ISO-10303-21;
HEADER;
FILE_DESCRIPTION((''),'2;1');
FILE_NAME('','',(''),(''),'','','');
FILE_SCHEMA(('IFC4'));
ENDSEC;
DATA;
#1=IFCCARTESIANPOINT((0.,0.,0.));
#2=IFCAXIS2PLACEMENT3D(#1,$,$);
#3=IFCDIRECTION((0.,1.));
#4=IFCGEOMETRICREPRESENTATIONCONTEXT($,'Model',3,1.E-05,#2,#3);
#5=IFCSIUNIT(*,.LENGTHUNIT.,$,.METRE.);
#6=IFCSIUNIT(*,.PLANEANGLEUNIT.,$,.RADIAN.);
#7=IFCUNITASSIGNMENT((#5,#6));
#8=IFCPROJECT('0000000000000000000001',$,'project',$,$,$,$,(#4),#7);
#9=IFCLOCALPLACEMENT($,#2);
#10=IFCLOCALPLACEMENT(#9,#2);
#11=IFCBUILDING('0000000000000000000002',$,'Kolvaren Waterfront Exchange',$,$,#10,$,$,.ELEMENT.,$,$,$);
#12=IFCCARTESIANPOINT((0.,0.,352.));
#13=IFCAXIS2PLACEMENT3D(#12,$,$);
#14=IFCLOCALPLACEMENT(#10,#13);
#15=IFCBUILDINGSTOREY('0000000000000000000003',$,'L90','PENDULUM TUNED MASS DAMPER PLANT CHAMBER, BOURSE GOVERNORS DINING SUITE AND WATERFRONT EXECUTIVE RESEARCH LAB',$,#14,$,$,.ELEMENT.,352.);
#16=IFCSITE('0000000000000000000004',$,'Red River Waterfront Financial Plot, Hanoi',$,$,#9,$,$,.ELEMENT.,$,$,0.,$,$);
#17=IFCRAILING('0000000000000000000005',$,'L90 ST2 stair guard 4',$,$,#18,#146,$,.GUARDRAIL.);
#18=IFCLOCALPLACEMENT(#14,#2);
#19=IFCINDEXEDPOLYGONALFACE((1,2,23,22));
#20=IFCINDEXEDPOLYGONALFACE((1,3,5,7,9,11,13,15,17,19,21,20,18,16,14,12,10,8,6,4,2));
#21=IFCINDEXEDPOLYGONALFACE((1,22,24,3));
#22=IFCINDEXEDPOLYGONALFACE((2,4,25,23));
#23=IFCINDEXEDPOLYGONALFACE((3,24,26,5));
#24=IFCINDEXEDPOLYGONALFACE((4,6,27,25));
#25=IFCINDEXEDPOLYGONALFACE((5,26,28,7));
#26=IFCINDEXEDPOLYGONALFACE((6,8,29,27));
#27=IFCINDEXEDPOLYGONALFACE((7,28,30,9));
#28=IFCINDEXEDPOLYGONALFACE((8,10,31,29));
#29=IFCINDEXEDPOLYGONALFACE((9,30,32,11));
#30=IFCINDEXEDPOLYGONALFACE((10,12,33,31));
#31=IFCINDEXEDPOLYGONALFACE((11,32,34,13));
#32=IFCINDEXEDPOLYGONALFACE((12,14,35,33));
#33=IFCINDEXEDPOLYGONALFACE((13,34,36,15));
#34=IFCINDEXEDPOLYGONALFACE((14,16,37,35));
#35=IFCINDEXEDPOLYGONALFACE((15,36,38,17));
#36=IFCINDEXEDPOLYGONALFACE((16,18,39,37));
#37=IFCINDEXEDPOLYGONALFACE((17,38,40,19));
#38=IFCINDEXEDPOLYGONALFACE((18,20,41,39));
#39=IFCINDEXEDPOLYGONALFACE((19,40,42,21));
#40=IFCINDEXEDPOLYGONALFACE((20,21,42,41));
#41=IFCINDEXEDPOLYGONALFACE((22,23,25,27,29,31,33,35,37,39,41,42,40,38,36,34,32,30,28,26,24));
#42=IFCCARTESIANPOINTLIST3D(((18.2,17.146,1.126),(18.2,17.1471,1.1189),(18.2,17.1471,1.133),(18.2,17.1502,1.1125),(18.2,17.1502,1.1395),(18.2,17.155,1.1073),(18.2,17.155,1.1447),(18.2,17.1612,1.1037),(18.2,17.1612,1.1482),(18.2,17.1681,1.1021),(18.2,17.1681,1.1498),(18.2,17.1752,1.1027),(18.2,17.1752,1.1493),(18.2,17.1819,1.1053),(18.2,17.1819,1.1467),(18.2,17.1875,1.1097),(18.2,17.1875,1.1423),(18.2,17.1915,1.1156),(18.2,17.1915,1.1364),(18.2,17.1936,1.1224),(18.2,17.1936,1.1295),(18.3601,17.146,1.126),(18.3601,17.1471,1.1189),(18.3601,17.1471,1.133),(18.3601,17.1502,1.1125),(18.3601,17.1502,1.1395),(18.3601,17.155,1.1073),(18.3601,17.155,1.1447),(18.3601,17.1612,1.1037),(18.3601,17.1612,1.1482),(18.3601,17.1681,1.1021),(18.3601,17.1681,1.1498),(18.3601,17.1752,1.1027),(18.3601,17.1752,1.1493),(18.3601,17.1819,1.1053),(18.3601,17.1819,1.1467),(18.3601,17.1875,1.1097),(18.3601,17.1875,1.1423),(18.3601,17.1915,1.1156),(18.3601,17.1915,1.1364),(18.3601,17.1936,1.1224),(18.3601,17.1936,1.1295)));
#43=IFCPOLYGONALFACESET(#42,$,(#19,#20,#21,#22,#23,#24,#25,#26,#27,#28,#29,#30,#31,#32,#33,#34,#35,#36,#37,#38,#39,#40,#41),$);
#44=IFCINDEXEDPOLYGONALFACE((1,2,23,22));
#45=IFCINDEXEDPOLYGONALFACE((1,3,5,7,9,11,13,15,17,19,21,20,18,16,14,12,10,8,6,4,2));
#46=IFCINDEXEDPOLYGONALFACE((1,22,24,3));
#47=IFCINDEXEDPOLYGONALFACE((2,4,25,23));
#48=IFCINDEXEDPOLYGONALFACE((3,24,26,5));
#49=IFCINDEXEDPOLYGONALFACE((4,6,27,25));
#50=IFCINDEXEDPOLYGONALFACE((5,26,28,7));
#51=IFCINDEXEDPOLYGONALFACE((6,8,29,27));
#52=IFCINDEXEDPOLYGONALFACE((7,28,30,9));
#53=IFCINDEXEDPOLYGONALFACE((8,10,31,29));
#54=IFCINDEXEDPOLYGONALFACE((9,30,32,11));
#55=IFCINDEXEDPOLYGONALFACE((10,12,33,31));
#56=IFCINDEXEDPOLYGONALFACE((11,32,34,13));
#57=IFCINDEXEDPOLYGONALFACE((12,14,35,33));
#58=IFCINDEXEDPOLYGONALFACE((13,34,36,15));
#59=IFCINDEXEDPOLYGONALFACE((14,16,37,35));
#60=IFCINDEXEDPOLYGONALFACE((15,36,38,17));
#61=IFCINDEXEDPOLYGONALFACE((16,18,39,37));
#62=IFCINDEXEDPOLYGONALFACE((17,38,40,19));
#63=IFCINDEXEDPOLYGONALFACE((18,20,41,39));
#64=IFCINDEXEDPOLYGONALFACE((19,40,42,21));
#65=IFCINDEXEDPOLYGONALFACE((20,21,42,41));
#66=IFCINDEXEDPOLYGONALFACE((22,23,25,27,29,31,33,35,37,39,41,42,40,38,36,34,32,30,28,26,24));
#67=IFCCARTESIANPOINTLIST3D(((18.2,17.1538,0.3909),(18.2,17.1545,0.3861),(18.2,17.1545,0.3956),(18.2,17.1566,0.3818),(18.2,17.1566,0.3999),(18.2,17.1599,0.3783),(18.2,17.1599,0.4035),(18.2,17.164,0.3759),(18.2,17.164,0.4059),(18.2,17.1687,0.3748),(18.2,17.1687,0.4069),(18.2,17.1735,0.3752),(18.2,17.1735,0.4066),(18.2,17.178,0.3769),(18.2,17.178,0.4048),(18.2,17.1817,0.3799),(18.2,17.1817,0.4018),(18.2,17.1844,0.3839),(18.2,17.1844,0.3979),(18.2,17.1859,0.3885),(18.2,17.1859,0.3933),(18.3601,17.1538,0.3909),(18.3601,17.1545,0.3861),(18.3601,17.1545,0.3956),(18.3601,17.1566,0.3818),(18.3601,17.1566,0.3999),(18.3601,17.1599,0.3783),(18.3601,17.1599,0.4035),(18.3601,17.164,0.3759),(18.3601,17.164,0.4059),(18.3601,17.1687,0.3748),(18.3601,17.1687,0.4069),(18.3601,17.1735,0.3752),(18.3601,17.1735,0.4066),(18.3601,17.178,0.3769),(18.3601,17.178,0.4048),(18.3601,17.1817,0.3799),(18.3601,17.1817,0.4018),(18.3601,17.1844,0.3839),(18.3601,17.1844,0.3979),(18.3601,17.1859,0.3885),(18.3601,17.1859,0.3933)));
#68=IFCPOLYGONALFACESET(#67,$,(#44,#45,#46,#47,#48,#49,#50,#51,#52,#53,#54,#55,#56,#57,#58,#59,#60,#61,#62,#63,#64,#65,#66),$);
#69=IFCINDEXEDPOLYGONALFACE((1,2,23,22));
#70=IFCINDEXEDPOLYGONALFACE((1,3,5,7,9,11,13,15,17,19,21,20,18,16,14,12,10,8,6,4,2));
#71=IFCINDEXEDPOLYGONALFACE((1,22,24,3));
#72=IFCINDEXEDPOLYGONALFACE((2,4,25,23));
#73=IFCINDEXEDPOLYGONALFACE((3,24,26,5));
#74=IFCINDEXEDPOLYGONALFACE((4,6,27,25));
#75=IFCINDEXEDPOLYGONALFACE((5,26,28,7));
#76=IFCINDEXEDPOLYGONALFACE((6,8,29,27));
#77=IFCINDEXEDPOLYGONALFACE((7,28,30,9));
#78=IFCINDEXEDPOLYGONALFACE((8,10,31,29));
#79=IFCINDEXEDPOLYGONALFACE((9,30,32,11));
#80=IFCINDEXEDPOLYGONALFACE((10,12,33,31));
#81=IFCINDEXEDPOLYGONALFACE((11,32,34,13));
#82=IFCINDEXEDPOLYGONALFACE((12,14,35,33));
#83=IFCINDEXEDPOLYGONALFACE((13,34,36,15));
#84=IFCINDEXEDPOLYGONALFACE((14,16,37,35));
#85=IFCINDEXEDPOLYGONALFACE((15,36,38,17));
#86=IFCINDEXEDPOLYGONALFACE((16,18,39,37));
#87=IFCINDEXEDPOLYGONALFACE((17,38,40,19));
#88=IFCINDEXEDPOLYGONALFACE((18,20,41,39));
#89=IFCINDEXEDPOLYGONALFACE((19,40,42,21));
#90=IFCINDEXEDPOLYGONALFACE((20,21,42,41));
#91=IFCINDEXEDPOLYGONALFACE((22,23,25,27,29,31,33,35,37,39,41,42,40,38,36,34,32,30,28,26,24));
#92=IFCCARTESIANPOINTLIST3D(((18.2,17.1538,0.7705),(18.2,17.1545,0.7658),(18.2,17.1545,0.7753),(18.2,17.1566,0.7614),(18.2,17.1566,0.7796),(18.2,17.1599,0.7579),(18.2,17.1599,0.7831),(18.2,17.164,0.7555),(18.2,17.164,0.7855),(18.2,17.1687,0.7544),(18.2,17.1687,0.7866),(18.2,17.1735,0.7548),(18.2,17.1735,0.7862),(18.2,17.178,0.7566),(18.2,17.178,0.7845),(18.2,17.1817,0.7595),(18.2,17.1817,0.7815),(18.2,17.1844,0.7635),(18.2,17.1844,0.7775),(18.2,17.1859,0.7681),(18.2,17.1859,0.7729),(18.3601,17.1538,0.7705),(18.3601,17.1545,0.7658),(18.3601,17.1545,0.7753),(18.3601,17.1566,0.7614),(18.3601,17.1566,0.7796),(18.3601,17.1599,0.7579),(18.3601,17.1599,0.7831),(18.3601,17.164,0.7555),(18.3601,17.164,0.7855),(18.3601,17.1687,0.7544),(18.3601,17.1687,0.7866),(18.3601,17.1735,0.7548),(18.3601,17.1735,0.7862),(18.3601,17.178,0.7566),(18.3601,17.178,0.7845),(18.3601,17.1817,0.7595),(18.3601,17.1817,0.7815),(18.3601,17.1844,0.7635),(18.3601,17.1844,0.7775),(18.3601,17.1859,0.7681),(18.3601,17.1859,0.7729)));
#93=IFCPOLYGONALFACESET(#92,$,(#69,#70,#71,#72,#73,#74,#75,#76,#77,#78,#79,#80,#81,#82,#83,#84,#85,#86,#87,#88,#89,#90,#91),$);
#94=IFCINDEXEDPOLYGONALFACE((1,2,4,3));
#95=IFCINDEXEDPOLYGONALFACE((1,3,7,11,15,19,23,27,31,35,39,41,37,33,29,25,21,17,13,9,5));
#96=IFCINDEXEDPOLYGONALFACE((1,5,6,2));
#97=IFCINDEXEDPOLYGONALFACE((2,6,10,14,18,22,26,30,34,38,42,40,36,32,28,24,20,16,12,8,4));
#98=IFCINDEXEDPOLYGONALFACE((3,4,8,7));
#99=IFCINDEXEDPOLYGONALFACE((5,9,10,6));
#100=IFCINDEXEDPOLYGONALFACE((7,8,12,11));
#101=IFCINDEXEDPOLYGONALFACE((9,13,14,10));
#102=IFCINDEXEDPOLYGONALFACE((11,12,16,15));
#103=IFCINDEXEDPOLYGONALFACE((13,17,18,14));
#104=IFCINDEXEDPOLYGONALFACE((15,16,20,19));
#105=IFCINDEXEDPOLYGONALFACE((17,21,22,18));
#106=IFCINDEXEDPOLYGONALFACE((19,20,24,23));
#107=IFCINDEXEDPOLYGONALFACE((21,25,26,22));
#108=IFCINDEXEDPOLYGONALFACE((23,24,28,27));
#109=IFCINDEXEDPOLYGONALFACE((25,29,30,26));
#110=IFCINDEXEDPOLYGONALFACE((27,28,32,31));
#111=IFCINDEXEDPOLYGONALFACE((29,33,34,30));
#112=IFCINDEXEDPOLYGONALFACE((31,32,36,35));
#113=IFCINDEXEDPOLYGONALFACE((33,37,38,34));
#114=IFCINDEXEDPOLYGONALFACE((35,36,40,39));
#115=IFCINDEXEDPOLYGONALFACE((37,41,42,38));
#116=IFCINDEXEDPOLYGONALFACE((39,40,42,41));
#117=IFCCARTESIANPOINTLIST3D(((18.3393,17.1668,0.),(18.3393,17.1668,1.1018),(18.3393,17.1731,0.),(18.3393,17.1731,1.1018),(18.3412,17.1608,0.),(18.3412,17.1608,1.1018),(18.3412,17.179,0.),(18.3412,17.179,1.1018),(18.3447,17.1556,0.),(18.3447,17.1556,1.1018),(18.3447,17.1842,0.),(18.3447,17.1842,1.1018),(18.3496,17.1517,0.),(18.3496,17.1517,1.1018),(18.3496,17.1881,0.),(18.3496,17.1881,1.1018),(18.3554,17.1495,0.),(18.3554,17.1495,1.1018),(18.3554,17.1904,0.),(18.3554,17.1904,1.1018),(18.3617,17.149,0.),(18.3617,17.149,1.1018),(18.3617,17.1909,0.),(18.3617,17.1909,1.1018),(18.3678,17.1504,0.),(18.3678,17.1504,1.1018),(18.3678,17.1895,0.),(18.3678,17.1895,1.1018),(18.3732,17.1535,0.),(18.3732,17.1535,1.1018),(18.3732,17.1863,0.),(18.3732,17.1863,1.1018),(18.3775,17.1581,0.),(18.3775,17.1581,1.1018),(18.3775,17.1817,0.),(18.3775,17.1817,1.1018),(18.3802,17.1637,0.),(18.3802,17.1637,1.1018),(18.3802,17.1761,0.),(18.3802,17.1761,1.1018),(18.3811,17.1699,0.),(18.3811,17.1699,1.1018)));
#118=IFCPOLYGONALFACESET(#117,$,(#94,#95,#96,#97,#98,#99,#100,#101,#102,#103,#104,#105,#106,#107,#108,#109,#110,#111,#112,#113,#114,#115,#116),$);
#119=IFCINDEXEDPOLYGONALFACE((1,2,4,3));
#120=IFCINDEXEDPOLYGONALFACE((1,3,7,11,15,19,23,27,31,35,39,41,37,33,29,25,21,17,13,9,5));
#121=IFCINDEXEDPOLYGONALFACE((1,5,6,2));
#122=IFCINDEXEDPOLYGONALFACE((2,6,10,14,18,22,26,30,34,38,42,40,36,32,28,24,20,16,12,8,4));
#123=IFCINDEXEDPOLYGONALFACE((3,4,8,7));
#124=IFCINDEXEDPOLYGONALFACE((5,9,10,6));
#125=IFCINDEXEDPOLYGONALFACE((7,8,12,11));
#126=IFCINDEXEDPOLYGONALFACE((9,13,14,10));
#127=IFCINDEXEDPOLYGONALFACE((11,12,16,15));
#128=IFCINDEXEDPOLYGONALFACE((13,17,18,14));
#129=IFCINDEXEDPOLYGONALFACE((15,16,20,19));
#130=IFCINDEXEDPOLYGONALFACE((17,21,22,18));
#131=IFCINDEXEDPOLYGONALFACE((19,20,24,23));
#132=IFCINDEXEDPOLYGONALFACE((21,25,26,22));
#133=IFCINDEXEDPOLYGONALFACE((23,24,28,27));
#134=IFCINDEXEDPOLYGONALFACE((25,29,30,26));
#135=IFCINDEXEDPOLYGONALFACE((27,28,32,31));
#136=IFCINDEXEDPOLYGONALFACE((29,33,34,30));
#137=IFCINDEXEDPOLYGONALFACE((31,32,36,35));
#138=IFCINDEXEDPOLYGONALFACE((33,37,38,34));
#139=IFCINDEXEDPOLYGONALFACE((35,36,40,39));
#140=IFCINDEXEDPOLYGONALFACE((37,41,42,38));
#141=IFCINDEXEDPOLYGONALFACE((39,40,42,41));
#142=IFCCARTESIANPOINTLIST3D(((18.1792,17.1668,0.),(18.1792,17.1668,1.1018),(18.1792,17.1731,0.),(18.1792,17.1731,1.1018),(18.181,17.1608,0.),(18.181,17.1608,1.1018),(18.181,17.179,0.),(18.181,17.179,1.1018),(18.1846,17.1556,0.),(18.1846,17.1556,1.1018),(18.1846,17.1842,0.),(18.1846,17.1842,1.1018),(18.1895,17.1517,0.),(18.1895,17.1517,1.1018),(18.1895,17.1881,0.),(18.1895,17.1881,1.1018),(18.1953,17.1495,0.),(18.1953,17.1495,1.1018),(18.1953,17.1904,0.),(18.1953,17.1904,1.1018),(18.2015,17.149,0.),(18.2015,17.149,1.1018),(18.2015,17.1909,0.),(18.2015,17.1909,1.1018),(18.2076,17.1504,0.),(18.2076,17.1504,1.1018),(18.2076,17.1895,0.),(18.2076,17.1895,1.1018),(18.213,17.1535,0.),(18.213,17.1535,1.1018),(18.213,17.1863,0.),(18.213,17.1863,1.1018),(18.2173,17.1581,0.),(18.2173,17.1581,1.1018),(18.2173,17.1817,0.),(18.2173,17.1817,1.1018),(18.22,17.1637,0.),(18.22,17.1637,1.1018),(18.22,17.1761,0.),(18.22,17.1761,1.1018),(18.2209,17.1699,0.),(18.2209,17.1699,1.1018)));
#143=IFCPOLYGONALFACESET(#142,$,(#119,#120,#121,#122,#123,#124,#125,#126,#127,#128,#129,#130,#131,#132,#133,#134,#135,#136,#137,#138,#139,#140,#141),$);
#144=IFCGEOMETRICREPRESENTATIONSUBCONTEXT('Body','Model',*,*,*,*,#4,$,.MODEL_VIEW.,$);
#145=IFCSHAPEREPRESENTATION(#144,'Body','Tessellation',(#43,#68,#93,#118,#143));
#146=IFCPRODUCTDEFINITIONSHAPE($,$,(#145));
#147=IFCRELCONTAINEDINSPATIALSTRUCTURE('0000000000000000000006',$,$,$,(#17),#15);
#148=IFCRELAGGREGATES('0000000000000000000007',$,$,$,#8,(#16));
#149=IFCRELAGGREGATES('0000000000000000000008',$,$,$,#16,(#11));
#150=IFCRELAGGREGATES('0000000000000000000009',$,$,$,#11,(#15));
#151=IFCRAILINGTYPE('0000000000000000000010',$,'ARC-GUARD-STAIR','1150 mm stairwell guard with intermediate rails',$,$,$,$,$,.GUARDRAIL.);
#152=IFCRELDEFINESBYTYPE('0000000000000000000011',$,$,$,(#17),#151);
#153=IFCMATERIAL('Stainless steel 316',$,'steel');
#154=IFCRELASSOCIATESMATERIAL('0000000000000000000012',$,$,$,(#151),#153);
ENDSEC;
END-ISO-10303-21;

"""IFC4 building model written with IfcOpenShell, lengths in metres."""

from ifc_helpers import new_model, si_unit, direction, frame, origin, origin_2d, place, context, subcontext, project, spatial, circle, extrude, material, type_object, element, save


model = new_model("IFC4")

# Units and contexts
model_context = context("Model", 3, precision=1e-05, world=origin(), true_north=direction((0.0, 1.0)))
body_context = subcontext(model_context, "Body", "Model", "MODEL_VIEW")
ifc_project = project(units=[si_unit("LENGTHUNIT", "METRE"), si_unit("PLANEANGLEUNIT", "RADIAN")], contexts=[model_context])

# Site, building, storey
site_placement = place(None, origin())
site = spatial("IfcSite", under=ifc_project, at=site_placement, Name="Red River Waterfront Financial Plot, Hanoi", CompositionType="ELEMENT", RefElevation=0.0)
building_placement = place(site_placement, origin())
building = spatial("IfcBuilding", under=site, at=building_placement, Name="Kolvaren Waterfront Exchange", CompositionType="ELEMENT")
storey_placement = place(building_placement, frame((0.0, 0.0, 352.0)))
storey = spatial("IfcBuildingStorey", under=building, at=storey_placement, Name="L90", Description="PENDULUM TUNED MASS DAMPER PLANT CHAMBER, BOURSE GOVERNORS DINING SUITE AND WATERFRONT EXECUTIVE RESEARCH LAB", CompositionType="ELEMENT", Elevation=352.0)

# Railing
ifc_material_1 = material(Name="Stainless steel 316", Category="steel")
railing_type_1 = type_object("IfcRailingType", Name="ARC-GUARD-STAIR", Description="1150 mm stairwell guard with intermediate rails", PredefinedType="GUARDRAIL", material=ifc_material_1)
railing_1_placement = place(storey_placement, frame((18.3601, 17.1699, 0.0)))
element("IfcRailing", 1, at=railing_1_placement, inside=storey, type_object=railing_type_1, Name="L90 ST2 stair guard 4", PredefinedType="GUARDRAIL", context=body_context, shape_type="SweptSolid", body=[
    extrude(circle(Radius=0.0239, at=origin_2d()), frame((0.0, 0.0, 1.126), z_axis=(-1.0, 0.0, 0.0), x_axis=(0.0, -1.0, 0.0)), (0.0, 0.0, 1.0), 0.1602),
    extrude(circle(Radius=0.0161, at=origin_2d()), frame((0.0, 0.0, 0.3909), z_axis=(-1.0, 0.0, 0.0), x_axis=(0.0, -1.0, 0.0)), (0.0, 0.0, 1.0), 0.1602),
    extrude(circle(Radius=0.0161, at=origin_2d()), frame((0.0, 0.0, 0.7705), z_axis=(-1.0, 0.0, 0.0), x_axis=(0.0, -1.0, 0.0)), (0.0, 0.0, 1.0), 0.1602),
    extrude(circle(Radius=0.021, at=origin_2d()), origin(), (0.0, 0.0, 1.0), 1.1018),
    extrude(circle(Radius=0.021, at=origin_2d()), frame((-0.1602, 0.0, 0.0)), (0.0, 0.0, 1.0), 1.1018),
])

save(model, "model.ifc")
